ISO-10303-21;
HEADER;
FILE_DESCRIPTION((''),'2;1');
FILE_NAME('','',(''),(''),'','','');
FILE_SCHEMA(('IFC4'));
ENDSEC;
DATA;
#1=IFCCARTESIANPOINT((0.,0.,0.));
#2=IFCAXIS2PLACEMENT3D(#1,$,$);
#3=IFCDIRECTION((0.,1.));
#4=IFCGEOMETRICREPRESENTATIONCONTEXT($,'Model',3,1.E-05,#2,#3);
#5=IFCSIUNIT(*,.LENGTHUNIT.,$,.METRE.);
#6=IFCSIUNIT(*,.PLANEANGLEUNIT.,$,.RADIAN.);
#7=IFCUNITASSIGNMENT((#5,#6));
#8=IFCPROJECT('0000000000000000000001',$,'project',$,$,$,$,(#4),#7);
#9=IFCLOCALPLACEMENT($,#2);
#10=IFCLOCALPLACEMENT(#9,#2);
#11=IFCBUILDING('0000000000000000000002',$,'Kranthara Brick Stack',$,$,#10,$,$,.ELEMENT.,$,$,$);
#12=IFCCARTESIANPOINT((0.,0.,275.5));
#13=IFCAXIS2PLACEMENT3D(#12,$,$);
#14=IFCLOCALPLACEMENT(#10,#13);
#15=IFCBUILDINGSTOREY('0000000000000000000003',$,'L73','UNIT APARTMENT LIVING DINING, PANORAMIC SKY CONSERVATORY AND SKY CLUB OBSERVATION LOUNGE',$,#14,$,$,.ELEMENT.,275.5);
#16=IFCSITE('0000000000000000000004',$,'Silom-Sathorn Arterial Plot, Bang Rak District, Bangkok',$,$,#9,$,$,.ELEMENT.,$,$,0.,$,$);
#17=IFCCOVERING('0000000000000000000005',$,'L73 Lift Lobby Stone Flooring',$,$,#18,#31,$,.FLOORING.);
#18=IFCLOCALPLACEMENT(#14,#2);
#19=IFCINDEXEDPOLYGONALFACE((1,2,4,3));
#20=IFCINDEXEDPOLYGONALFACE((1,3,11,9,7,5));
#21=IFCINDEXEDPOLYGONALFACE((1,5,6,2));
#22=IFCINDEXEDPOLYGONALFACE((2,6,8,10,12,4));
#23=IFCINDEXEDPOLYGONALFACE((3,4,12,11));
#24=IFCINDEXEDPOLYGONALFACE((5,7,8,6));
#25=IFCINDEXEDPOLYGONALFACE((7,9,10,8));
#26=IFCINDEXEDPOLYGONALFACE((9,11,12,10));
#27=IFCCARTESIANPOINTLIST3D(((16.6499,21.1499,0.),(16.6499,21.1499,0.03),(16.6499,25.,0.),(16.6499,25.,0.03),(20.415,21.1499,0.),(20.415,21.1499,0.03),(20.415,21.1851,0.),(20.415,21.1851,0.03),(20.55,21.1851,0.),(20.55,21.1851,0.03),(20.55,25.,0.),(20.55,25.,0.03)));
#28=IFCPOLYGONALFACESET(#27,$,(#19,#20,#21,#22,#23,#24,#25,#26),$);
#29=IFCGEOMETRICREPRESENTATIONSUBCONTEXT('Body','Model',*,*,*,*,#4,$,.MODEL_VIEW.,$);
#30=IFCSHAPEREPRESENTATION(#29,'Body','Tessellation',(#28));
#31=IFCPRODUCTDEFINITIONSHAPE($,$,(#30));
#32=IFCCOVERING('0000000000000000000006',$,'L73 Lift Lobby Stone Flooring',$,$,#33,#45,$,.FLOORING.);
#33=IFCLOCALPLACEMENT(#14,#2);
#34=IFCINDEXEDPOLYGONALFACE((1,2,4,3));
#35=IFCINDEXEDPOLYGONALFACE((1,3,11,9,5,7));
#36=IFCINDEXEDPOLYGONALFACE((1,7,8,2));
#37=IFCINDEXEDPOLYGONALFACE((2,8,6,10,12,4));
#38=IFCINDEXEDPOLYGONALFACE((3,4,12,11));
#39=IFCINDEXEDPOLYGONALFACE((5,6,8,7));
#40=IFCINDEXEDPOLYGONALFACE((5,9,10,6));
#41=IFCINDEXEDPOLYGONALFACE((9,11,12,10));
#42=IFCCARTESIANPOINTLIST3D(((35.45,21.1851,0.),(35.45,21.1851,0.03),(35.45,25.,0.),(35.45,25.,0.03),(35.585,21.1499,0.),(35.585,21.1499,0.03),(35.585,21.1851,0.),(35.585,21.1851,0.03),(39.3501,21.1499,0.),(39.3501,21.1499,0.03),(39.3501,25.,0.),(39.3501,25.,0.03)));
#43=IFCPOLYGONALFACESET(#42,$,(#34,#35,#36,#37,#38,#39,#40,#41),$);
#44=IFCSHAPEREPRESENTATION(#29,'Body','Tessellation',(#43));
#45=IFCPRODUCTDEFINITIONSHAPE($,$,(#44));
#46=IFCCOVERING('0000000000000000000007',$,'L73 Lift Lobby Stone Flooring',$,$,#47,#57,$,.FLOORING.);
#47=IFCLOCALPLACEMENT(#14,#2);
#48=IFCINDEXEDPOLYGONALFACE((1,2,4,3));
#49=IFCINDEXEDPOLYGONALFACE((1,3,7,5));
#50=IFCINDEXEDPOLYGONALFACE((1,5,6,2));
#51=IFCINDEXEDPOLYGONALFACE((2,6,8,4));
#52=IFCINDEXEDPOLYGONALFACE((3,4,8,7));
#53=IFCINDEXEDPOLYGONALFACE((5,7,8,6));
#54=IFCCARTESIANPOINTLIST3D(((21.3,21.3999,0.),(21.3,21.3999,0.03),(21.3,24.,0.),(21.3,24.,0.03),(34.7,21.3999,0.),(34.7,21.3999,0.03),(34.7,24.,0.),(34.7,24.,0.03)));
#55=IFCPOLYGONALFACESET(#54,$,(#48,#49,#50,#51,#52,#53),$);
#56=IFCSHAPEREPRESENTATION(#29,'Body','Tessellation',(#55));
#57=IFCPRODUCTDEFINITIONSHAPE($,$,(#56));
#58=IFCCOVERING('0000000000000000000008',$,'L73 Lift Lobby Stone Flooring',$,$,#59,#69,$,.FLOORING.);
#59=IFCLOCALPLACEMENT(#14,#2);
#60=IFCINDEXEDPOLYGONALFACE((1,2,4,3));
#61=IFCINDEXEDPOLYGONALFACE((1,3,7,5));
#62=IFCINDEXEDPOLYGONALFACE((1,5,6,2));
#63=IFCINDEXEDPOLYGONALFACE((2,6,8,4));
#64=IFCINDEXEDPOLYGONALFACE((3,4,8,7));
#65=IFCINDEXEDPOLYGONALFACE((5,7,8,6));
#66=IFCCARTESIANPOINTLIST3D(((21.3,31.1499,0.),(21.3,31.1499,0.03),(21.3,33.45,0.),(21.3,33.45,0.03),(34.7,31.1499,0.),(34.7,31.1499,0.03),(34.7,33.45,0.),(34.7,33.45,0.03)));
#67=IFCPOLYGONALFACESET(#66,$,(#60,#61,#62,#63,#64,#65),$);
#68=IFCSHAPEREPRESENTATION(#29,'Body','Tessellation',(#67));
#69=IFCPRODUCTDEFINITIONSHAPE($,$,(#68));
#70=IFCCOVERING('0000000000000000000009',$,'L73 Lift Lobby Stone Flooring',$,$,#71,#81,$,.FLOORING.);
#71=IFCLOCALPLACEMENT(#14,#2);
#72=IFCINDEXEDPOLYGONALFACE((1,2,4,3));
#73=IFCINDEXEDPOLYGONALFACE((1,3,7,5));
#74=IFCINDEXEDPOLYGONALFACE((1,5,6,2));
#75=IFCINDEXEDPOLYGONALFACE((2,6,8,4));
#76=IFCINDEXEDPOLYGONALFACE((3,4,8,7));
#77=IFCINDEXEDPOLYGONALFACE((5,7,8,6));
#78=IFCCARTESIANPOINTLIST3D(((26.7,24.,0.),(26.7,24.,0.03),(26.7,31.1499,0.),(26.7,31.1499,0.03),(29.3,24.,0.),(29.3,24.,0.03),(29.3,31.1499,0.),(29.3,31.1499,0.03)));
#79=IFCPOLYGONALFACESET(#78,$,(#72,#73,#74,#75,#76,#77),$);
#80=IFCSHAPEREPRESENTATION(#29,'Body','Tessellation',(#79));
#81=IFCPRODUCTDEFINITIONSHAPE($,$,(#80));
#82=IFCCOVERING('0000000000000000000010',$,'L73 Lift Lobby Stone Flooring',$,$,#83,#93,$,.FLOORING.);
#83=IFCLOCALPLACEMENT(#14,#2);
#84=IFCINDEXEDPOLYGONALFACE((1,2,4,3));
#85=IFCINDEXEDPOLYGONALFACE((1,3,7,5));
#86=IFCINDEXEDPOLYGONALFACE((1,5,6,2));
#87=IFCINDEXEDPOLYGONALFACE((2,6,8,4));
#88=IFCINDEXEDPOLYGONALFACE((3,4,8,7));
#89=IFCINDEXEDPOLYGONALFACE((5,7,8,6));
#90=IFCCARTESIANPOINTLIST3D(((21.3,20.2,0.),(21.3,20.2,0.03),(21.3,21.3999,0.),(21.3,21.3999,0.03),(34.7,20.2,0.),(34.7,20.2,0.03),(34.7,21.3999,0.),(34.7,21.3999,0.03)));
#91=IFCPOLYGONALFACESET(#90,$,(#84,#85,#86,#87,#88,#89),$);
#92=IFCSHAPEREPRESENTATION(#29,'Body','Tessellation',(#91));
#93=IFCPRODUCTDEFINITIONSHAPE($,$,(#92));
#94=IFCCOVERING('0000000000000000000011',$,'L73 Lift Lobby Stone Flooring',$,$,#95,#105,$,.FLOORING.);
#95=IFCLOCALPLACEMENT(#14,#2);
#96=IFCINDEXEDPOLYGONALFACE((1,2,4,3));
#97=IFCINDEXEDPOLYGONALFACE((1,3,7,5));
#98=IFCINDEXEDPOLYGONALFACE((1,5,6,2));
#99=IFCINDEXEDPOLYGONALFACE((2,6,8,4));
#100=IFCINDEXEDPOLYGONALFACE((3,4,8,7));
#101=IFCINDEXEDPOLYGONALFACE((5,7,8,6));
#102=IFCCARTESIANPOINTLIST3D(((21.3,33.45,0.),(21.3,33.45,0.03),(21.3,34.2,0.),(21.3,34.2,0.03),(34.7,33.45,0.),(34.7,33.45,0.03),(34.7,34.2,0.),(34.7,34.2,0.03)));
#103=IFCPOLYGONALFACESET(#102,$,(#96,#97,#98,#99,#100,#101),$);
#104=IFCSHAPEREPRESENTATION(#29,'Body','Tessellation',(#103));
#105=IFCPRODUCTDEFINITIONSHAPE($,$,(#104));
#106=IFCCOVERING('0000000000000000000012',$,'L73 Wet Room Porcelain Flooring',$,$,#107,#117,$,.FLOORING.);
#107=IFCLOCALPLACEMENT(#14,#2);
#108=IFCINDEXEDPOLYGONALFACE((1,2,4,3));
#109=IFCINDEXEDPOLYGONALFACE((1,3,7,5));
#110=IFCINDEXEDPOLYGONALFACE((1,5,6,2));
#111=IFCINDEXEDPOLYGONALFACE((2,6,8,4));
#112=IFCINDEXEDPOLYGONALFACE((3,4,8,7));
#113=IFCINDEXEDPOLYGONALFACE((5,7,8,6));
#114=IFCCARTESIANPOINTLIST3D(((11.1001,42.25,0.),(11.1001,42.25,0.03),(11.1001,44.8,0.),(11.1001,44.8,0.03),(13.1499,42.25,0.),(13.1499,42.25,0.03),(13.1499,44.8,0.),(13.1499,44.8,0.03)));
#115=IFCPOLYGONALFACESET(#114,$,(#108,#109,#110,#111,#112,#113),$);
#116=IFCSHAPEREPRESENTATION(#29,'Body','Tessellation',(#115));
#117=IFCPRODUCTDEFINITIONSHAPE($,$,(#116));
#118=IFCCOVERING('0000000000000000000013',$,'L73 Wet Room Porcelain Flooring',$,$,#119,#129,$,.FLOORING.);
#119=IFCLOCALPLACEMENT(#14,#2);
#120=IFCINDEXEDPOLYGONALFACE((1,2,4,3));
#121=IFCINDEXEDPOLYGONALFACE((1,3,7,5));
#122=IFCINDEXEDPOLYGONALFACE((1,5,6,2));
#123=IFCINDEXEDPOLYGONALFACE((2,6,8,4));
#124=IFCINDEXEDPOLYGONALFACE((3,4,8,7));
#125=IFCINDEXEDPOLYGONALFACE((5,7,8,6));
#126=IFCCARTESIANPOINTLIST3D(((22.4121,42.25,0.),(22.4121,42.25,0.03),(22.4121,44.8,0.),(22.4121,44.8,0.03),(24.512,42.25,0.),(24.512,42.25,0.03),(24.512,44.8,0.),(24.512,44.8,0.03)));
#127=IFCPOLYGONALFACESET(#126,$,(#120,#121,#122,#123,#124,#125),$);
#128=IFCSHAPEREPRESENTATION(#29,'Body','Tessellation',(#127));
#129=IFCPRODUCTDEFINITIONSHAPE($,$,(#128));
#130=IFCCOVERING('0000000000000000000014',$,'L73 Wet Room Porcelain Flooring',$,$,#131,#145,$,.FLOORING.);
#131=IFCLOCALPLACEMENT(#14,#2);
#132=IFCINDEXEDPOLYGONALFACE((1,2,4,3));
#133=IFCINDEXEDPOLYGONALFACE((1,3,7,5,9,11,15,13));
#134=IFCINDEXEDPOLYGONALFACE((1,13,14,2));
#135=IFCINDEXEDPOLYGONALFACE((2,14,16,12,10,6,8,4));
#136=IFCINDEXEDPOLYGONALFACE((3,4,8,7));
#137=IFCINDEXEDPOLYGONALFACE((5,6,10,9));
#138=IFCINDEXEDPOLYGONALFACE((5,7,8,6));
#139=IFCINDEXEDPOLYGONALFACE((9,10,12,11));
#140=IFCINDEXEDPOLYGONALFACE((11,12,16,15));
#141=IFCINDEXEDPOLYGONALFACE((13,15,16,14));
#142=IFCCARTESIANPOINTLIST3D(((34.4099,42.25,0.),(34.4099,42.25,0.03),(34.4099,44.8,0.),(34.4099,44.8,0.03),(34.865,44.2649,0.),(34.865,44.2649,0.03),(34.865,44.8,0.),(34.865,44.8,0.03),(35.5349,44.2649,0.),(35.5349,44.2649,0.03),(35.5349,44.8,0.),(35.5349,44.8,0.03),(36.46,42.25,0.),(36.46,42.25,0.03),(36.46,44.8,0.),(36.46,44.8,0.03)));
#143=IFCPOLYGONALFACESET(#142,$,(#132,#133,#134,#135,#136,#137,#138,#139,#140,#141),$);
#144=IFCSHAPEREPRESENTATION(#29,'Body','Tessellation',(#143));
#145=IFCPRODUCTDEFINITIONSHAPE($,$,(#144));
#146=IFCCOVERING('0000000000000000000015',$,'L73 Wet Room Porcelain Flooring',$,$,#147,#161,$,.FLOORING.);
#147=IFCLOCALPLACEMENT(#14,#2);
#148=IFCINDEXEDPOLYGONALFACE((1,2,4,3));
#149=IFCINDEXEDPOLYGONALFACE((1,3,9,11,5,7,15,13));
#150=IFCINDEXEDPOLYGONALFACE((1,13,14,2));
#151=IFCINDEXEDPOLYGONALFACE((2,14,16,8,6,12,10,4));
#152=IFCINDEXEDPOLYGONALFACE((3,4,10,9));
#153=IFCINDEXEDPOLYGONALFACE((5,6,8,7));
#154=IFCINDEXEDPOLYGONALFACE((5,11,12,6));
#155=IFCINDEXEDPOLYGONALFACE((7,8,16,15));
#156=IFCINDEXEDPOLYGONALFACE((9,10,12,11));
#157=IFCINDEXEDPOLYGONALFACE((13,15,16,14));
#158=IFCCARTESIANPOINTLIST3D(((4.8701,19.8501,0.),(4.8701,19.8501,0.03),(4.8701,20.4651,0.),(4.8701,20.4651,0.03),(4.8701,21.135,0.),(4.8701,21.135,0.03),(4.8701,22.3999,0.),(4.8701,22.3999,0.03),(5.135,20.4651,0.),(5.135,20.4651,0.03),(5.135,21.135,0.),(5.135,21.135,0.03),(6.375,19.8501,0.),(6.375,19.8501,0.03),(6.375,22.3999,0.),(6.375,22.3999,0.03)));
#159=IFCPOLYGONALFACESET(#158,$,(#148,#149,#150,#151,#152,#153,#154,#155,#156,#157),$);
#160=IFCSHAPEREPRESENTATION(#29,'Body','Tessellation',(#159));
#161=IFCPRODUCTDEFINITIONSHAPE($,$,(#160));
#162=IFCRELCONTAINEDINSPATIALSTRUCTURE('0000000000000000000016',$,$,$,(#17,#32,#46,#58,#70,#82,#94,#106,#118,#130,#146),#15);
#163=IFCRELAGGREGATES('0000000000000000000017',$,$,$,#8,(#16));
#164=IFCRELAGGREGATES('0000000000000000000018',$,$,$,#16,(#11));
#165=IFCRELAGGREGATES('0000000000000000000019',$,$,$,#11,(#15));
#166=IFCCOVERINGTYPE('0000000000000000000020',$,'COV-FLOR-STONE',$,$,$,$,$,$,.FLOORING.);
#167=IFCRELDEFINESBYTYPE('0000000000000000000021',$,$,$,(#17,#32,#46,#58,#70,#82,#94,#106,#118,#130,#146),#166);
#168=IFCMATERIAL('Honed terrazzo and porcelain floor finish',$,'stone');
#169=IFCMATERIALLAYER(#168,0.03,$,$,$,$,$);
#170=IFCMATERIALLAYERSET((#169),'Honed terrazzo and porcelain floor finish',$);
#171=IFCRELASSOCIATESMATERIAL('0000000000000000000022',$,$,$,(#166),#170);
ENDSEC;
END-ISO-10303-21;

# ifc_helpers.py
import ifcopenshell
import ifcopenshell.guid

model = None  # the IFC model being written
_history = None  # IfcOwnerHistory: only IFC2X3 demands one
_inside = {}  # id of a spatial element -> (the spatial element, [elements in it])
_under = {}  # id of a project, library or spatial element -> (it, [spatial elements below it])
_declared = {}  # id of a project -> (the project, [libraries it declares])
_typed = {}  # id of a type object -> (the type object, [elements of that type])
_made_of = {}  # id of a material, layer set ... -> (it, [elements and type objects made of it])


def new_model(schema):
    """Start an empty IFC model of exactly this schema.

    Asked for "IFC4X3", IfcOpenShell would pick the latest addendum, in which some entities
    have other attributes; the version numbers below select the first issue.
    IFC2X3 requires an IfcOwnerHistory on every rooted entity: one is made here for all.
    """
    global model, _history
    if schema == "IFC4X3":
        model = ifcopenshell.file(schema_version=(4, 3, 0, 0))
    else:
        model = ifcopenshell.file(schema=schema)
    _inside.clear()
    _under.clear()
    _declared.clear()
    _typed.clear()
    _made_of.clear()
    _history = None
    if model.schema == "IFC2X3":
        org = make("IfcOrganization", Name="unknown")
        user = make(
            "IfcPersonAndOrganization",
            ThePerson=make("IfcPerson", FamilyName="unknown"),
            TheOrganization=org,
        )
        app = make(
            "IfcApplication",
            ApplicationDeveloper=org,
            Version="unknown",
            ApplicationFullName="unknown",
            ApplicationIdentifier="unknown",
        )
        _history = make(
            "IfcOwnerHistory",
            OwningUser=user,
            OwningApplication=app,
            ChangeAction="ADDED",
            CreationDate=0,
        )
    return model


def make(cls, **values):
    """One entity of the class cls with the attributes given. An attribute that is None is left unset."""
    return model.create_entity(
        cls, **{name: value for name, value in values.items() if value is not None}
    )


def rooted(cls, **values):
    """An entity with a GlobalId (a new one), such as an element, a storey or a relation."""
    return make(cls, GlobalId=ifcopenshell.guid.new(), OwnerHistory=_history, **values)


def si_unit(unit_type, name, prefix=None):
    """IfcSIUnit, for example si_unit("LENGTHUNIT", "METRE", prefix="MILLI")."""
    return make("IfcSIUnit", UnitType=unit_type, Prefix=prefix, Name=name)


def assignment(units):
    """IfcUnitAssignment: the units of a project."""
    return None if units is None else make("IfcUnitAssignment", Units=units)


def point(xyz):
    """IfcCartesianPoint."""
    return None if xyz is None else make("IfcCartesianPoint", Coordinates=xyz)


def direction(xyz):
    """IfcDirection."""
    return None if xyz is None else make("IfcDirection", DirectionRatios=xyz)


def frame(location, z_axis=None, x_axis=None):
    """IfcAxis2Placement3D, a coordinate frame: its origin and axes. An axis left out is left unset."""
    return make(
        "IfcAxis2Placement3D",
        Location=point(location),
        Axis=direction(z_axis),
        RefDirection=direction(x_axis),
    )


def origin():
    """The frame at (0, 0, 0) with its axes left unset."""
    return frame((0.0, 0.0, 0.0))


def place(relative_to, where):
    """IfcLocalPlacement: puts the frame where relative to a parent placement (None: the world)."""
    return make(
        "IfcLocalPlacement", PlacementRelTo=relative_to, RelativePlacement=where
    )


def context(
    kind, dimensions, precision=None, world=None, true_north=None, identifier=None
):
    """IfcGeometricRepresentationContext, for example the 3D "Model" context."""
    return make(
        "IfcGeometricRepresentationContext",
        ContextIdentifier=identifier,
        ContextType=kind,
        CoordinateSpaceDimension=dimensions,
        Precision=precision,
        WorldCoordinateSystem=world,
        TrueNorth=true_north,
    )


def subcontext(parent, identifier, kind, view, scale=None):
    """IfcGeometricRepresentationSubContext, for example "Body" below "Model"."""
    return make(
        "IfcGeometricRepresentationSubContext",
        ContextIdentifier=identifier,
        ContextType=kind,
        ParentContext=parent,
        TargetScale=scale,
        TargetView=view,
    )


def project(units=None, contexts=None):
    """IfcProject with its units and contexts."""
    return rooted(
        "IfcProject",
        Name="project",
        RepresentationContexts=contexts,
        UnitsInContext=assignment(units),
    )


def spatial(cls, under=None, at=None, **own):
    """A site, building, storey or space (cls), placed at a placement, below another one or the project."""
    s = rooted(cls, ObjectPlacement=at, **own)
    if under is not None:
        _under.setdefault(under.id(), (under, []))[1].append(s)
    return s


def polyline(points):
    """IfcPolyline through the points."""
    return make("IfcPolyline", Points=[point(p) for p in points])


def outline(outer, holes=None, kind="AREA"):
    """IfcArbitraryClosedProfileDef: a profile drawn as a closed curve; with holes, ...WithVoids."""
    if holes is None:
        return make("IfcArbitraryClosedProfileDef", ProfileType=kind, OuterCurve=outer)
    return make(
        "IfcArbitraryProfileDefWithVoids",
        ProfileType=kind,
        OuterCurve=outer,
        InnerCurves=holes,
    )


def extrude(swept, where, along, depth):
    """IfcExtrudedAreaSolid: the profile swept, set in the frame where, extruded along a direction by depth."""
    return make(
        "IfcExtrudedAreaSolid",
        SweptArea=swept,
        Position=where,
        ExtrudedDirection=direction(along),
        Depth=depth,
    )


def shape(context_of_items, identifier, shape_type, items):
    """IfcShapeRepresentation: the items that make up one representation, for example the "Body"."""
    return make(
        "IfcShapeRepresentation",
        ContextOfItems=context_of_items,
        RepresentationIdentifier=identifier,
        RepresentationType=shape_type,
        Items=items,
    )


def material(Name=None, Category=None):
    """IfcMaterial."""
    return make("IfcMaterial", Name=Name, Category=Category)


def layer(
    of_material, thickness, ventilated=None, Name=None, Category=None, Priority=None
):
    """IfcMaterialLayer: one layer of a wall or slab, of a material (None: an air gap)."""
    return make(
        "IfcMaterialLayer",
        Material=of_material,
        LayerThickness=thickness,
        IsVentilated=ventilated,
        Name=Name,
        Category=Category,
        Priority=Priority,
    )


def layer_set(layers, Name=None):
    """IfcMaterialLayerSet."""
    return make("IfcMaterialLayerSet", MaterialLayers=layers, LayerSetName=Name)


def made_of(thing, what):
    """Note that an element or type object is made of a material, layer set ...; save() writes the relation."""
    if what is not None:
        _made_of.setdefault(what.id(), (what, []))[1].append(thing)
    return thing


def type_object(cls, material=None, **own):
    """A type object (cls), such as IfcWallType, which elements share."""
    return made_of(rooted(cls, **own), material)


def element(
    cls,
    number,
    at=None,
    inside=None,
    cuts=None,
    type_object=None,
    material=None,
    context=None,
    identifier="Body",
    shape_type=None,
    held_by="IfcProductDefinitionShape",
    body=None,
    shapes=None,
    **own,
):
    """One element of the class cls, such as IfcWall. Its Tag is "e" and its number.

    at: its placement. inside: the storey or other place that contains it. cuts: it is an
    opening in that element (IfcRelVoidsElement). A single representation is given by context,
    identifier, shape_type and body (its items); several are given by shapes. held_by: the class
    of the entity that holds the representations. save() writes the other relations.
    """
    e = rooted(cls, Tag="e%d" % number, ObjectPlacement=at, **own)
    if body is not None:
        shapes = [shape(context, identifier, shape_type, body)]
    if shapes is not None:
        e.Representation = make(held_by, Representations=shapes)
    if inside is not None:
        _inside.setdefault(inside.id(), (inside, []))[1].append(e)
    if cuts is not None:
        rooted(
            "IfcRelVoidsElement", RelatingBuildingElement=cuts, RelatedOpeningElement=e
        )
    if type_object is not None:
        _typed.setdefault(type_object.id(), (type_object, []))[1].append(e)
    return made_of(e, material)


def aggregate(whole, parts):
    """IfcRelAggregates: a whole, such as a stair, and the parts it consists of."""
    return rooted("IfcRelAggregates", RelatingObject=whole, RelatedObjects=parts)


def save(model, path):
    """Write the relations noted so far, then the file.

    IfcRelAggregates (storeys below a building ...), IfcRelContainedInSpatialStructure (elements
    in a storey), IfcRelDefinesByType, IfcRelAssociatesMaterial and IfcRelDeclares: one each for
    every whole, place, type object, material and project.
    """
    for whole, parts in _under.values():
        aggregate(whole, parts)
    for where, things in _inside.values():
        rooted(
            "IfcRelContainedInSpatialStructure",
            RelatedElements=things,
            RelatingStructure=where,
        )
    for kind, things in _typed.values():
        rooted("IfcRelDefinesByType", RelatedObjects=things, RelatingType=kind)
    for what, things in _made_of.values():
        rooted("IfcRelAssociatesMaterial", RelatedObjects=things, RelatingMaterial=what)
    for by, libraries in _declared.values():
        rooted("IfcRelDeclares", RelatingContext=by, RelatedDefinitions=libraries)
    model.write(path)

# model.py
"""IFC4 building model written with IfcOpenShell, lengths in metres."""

from ifc_helpers import new_model, si_unit, direction, frame, origin, place, context, subcontext, project, spatial, polyline, outline, extrude, material, layer, layer_set, type_object, element, save


model = new_model("IFC4")

# Units and contexts
model_context = context("Model", 3, precision=1e-05, world=origin(), true_north=direction((0.0, 1.0)))
body_context = subcontext(model_context, "Body", "Model", "MODEL_VIEW")
ifc_project = project(units=[si_unit("LENGTHUNIT", "METRE"), si_unit("PLANEANGLEUNIT", "RADIAN")], contexts=[model_context])

# Site, building, storey
site_placement = place(None, origin())
site = spatial("IfcSite", under=ifc_project, at=site_placement, Name="Silom-Sathorn Arterial Plot, Bang Rak District, Bangkok", CompositionType="ELEMENT", RefElevation=0.0)
building_placement = place(site_placement, origin())
building = spatial("IfcBuilding", under=site, at=building_placement, Name="Kranthara Brick Stack", CompositionType="ELEMENT")
storey_placement = place(building_placement, frame((0.0, 0.0, 275.5)))
storey = spatial("IfcBuildingStorey", under=building, at=storey_placement, Name="L73", Description="UNIT APARTMENT LIVING DINING, PANORAMIC SKY CONSERVATORY AND SKY CLUB OBSERVATION LOUNGE", CompositionType="ELEMENT", Elevation=275.5)

# Coverings
ifc_material_1 = material(Name="Honed terrazzo and porcelain floor finish", Category="stone")
ifc_layer_1 = layer(ifc_material_1, 0.03)
ifc_layer_set_1 = layer_set([ifc_layer_1], Name="Honed terrazzo and porcelain floor finish")
covering_type_1 = type_object("IfcCoveringType", Name="COV-FLOR-STONE", PredefinedType="FLOORING", material=ifc_layer_set_1)
covering_1_placement = place(storey_placement, origin())
element("IfcCovering", 1, at=covering_1_placement, inside=storey, type_object=covering_type_1, Name="L73 Lift Lobby Stone Flooring", PredefinedType="FLOORING", context=body_context, shape_type="SweptSolid", body=[
    extrude(outline(polyline([(16.6499, 21.1499), (16.6499, 25.0), (20.55, 25.0), (20.55, 21.1851), (20.415, 21.1851), (20.415, 21.1499), (16.6499, 21.1499)])), origin(), (0.0, 0.0, 1.0), 0.03),
])
covering_2_placement = place(storey_placement, origin())
element("IfcCovering", 2, at=covering_2_placement, inside=storey, type_object=covering_type_1, Name="L73 Lift Lobby Stone Flooring", PredefinedType="FLOORING", context=body_context, shape_type="SweptSolid", body=[
    extrude(outline(polyline([(35.45, 25.0), (39.3501, 25.0), (39.3501, 21.1499), (35.585, 21.1499), (35.585, 21.1851), (35.45, 21.1851), (35.45, 25.0)])), origin(), (0.0, 0.0, 1.0), 0.03),
])
covering_3_placement = place(storey_placement, origin())
element("IfcCovering", 3, at=covering_3_placement, inside=storey, type_object=covering_type_1, Name="L73 Lift Lobby Stone Flooring", PredefinedType="FLOORING", context=body_context, shape_type="SweptSolid", body=[
    extrude(outline(polyline([(34.7, 21.3999), (34.7, 24.0), (21.3, 24.0), (21.3, 21.3999), (34.7, 21.3999)])), origin(), (0.0, 0.0, 1.0), 0.03),
])
covering_4_placement = place(storey_placement, origin())
element("IfcCovering", 4, at=covering_4_placement, inside=storey, type_object=covering_type_1, Name="L73 Lift Lobby Stone Flooring", PredefinedType="FLOORING", context=body_context, shape_type="SweptSolid", body=[
    extrude(outline(polyline([(34.7, 31.1499), (34.7, 33.45), (21.3, 33.45), (21.3, 31.1499), (34.7, 31.1499)])), origin(), (0.0, 0.0, 1.0), 0.03),
])
covering_5_placement = place(storey_placement, origin())
element("IfcCovering", 5, at=covering_5_placement, inside=storey, type_object=covering_type_1, Name="L73 Lift Lobby Stone Flooring", PredefinedType="FLOORING", context=body_context, shape_type="SweptSolid", body=[
    extrude(outline(polyline([(29.3, 24.0), (26.7, 24.0), (26.7, 31.1499), (29.3, 31.1499), (29.3, 24.0)])), origin(), (0.0, 0.0, 1.0), 0.03),
])
covering_6_placement = place(storey_placement, origin())
element("IfcCovering", 6, at=covering_6_placement, inside=storey, type_object=covering_type_1, Name="L73 Lift Lobby Stone Flooring", PredefinedType="FLOORING", context=body_context, shape_type="SweptSolid", body=[
    extrude(outline(polyline([(34.7, 20.2), (21.3, 20.2), (21.3, 21.3999), (34.7, 21.3999), (34.7, 20.2)])), origin(), (0.0, 0.0, 1.0), 0.03),
])
covering_7_placement = place(storey_placement, origin())
element("IfcCovering", 7, at=covering_7_placement, inside=storey, type_object=covering_type_1, Name="L73 Lift Lobby Stone Flooring", PredefinedType="FLOORING", context=body_context, shape_type="SweptSolid", body=[
    extrude(outline(polyline([(34.7, 33.45), (21.3, 33.45), (21.3, 34.2), (34.7, 34.2), (34.7, 33.45)])), origin(), (0.0, 0.0, 1.0), 0.03),
])
covering_8_placement = place(storey_placement, origin())
element("IfcCovering", 8, at=covering_8_placement, inside=storey, type_object=covering_type_1, Name="L73 Wet Room Porcelain Flooring", PredefinedType="FLOORING", context=body_context, shape_type="SweptSolid", body=[
    extrude(outline(polyline([(13.1499, 42.25), (13.1499, 44.8), (11.1001, 44.8), (11.1001, 42.25), (13.1499, 42.25)])), origin(), (0.0, 0.0, 1.0), 0.03),
])
covering_9_placement = place(storey_placement, origin())
element("IfcCovering", 9, at=covering_9_placement, inside=storey, type_object=covering_type_1, Name="L73 Wet Room Porcelain Flooring", PredefinedType="FLOORING", context=body_context, shape_type="SweptSolid", body=[
    extrude(outline(polyline([(24.512, 42.25), (24.512, 44.8), (22.4121, 44.8), (22.4121, 42.25), (24.512, 42.25)])), origin(), (0.0, 0.0, 1.0), 0.03),
])
covering_10_placement = place(storey_placement, origin())
element("IfcCovering", 10, at=covering_10_placement, inside=storey, type_object=covering_type_1, Name="L73 Wet Room Porcelain Flooring", PredefinedType="FLOORING", context=body_context, shape_type="SweptSolid", body=[
    extrude(outline(polyline([(36.46, 44.8), (36.46, 42.25), (34.4099, 42.25), (34.4099, 44.8), (34.865, 44.8), (34.865, 44.2649), (35.5349, 44.2649), (35.5349, 44.8), (36.46, 44.8)])), origin(), (0.0, 0.0, 1.0), 0.03),
])
covering_11_placement = place(storey_placement, origin())
element("IfcCovering", 11, at=covering_11_placement, inside=storey, type_object=covering_type_1, Name="L73 Wet Room Porcelain Flooring", PredefinedType="FLOORING", context=body_context, shape_type="SweptSolid", body=[
    extrude(outline(polyline([(4.8701, 22.3999), (6.375, 22.3999), (6.375, 19.8501), (4.8701, 19.8501), (4.8701, 20.4651), (5.135, 20.4651), (5.135, 21.135), (4.8701, 21.135), (4.8701, 22.3999)])), origin(), (0.0, 0.0, 1.0), 0.03),
])

save(model, "model.ifc")
